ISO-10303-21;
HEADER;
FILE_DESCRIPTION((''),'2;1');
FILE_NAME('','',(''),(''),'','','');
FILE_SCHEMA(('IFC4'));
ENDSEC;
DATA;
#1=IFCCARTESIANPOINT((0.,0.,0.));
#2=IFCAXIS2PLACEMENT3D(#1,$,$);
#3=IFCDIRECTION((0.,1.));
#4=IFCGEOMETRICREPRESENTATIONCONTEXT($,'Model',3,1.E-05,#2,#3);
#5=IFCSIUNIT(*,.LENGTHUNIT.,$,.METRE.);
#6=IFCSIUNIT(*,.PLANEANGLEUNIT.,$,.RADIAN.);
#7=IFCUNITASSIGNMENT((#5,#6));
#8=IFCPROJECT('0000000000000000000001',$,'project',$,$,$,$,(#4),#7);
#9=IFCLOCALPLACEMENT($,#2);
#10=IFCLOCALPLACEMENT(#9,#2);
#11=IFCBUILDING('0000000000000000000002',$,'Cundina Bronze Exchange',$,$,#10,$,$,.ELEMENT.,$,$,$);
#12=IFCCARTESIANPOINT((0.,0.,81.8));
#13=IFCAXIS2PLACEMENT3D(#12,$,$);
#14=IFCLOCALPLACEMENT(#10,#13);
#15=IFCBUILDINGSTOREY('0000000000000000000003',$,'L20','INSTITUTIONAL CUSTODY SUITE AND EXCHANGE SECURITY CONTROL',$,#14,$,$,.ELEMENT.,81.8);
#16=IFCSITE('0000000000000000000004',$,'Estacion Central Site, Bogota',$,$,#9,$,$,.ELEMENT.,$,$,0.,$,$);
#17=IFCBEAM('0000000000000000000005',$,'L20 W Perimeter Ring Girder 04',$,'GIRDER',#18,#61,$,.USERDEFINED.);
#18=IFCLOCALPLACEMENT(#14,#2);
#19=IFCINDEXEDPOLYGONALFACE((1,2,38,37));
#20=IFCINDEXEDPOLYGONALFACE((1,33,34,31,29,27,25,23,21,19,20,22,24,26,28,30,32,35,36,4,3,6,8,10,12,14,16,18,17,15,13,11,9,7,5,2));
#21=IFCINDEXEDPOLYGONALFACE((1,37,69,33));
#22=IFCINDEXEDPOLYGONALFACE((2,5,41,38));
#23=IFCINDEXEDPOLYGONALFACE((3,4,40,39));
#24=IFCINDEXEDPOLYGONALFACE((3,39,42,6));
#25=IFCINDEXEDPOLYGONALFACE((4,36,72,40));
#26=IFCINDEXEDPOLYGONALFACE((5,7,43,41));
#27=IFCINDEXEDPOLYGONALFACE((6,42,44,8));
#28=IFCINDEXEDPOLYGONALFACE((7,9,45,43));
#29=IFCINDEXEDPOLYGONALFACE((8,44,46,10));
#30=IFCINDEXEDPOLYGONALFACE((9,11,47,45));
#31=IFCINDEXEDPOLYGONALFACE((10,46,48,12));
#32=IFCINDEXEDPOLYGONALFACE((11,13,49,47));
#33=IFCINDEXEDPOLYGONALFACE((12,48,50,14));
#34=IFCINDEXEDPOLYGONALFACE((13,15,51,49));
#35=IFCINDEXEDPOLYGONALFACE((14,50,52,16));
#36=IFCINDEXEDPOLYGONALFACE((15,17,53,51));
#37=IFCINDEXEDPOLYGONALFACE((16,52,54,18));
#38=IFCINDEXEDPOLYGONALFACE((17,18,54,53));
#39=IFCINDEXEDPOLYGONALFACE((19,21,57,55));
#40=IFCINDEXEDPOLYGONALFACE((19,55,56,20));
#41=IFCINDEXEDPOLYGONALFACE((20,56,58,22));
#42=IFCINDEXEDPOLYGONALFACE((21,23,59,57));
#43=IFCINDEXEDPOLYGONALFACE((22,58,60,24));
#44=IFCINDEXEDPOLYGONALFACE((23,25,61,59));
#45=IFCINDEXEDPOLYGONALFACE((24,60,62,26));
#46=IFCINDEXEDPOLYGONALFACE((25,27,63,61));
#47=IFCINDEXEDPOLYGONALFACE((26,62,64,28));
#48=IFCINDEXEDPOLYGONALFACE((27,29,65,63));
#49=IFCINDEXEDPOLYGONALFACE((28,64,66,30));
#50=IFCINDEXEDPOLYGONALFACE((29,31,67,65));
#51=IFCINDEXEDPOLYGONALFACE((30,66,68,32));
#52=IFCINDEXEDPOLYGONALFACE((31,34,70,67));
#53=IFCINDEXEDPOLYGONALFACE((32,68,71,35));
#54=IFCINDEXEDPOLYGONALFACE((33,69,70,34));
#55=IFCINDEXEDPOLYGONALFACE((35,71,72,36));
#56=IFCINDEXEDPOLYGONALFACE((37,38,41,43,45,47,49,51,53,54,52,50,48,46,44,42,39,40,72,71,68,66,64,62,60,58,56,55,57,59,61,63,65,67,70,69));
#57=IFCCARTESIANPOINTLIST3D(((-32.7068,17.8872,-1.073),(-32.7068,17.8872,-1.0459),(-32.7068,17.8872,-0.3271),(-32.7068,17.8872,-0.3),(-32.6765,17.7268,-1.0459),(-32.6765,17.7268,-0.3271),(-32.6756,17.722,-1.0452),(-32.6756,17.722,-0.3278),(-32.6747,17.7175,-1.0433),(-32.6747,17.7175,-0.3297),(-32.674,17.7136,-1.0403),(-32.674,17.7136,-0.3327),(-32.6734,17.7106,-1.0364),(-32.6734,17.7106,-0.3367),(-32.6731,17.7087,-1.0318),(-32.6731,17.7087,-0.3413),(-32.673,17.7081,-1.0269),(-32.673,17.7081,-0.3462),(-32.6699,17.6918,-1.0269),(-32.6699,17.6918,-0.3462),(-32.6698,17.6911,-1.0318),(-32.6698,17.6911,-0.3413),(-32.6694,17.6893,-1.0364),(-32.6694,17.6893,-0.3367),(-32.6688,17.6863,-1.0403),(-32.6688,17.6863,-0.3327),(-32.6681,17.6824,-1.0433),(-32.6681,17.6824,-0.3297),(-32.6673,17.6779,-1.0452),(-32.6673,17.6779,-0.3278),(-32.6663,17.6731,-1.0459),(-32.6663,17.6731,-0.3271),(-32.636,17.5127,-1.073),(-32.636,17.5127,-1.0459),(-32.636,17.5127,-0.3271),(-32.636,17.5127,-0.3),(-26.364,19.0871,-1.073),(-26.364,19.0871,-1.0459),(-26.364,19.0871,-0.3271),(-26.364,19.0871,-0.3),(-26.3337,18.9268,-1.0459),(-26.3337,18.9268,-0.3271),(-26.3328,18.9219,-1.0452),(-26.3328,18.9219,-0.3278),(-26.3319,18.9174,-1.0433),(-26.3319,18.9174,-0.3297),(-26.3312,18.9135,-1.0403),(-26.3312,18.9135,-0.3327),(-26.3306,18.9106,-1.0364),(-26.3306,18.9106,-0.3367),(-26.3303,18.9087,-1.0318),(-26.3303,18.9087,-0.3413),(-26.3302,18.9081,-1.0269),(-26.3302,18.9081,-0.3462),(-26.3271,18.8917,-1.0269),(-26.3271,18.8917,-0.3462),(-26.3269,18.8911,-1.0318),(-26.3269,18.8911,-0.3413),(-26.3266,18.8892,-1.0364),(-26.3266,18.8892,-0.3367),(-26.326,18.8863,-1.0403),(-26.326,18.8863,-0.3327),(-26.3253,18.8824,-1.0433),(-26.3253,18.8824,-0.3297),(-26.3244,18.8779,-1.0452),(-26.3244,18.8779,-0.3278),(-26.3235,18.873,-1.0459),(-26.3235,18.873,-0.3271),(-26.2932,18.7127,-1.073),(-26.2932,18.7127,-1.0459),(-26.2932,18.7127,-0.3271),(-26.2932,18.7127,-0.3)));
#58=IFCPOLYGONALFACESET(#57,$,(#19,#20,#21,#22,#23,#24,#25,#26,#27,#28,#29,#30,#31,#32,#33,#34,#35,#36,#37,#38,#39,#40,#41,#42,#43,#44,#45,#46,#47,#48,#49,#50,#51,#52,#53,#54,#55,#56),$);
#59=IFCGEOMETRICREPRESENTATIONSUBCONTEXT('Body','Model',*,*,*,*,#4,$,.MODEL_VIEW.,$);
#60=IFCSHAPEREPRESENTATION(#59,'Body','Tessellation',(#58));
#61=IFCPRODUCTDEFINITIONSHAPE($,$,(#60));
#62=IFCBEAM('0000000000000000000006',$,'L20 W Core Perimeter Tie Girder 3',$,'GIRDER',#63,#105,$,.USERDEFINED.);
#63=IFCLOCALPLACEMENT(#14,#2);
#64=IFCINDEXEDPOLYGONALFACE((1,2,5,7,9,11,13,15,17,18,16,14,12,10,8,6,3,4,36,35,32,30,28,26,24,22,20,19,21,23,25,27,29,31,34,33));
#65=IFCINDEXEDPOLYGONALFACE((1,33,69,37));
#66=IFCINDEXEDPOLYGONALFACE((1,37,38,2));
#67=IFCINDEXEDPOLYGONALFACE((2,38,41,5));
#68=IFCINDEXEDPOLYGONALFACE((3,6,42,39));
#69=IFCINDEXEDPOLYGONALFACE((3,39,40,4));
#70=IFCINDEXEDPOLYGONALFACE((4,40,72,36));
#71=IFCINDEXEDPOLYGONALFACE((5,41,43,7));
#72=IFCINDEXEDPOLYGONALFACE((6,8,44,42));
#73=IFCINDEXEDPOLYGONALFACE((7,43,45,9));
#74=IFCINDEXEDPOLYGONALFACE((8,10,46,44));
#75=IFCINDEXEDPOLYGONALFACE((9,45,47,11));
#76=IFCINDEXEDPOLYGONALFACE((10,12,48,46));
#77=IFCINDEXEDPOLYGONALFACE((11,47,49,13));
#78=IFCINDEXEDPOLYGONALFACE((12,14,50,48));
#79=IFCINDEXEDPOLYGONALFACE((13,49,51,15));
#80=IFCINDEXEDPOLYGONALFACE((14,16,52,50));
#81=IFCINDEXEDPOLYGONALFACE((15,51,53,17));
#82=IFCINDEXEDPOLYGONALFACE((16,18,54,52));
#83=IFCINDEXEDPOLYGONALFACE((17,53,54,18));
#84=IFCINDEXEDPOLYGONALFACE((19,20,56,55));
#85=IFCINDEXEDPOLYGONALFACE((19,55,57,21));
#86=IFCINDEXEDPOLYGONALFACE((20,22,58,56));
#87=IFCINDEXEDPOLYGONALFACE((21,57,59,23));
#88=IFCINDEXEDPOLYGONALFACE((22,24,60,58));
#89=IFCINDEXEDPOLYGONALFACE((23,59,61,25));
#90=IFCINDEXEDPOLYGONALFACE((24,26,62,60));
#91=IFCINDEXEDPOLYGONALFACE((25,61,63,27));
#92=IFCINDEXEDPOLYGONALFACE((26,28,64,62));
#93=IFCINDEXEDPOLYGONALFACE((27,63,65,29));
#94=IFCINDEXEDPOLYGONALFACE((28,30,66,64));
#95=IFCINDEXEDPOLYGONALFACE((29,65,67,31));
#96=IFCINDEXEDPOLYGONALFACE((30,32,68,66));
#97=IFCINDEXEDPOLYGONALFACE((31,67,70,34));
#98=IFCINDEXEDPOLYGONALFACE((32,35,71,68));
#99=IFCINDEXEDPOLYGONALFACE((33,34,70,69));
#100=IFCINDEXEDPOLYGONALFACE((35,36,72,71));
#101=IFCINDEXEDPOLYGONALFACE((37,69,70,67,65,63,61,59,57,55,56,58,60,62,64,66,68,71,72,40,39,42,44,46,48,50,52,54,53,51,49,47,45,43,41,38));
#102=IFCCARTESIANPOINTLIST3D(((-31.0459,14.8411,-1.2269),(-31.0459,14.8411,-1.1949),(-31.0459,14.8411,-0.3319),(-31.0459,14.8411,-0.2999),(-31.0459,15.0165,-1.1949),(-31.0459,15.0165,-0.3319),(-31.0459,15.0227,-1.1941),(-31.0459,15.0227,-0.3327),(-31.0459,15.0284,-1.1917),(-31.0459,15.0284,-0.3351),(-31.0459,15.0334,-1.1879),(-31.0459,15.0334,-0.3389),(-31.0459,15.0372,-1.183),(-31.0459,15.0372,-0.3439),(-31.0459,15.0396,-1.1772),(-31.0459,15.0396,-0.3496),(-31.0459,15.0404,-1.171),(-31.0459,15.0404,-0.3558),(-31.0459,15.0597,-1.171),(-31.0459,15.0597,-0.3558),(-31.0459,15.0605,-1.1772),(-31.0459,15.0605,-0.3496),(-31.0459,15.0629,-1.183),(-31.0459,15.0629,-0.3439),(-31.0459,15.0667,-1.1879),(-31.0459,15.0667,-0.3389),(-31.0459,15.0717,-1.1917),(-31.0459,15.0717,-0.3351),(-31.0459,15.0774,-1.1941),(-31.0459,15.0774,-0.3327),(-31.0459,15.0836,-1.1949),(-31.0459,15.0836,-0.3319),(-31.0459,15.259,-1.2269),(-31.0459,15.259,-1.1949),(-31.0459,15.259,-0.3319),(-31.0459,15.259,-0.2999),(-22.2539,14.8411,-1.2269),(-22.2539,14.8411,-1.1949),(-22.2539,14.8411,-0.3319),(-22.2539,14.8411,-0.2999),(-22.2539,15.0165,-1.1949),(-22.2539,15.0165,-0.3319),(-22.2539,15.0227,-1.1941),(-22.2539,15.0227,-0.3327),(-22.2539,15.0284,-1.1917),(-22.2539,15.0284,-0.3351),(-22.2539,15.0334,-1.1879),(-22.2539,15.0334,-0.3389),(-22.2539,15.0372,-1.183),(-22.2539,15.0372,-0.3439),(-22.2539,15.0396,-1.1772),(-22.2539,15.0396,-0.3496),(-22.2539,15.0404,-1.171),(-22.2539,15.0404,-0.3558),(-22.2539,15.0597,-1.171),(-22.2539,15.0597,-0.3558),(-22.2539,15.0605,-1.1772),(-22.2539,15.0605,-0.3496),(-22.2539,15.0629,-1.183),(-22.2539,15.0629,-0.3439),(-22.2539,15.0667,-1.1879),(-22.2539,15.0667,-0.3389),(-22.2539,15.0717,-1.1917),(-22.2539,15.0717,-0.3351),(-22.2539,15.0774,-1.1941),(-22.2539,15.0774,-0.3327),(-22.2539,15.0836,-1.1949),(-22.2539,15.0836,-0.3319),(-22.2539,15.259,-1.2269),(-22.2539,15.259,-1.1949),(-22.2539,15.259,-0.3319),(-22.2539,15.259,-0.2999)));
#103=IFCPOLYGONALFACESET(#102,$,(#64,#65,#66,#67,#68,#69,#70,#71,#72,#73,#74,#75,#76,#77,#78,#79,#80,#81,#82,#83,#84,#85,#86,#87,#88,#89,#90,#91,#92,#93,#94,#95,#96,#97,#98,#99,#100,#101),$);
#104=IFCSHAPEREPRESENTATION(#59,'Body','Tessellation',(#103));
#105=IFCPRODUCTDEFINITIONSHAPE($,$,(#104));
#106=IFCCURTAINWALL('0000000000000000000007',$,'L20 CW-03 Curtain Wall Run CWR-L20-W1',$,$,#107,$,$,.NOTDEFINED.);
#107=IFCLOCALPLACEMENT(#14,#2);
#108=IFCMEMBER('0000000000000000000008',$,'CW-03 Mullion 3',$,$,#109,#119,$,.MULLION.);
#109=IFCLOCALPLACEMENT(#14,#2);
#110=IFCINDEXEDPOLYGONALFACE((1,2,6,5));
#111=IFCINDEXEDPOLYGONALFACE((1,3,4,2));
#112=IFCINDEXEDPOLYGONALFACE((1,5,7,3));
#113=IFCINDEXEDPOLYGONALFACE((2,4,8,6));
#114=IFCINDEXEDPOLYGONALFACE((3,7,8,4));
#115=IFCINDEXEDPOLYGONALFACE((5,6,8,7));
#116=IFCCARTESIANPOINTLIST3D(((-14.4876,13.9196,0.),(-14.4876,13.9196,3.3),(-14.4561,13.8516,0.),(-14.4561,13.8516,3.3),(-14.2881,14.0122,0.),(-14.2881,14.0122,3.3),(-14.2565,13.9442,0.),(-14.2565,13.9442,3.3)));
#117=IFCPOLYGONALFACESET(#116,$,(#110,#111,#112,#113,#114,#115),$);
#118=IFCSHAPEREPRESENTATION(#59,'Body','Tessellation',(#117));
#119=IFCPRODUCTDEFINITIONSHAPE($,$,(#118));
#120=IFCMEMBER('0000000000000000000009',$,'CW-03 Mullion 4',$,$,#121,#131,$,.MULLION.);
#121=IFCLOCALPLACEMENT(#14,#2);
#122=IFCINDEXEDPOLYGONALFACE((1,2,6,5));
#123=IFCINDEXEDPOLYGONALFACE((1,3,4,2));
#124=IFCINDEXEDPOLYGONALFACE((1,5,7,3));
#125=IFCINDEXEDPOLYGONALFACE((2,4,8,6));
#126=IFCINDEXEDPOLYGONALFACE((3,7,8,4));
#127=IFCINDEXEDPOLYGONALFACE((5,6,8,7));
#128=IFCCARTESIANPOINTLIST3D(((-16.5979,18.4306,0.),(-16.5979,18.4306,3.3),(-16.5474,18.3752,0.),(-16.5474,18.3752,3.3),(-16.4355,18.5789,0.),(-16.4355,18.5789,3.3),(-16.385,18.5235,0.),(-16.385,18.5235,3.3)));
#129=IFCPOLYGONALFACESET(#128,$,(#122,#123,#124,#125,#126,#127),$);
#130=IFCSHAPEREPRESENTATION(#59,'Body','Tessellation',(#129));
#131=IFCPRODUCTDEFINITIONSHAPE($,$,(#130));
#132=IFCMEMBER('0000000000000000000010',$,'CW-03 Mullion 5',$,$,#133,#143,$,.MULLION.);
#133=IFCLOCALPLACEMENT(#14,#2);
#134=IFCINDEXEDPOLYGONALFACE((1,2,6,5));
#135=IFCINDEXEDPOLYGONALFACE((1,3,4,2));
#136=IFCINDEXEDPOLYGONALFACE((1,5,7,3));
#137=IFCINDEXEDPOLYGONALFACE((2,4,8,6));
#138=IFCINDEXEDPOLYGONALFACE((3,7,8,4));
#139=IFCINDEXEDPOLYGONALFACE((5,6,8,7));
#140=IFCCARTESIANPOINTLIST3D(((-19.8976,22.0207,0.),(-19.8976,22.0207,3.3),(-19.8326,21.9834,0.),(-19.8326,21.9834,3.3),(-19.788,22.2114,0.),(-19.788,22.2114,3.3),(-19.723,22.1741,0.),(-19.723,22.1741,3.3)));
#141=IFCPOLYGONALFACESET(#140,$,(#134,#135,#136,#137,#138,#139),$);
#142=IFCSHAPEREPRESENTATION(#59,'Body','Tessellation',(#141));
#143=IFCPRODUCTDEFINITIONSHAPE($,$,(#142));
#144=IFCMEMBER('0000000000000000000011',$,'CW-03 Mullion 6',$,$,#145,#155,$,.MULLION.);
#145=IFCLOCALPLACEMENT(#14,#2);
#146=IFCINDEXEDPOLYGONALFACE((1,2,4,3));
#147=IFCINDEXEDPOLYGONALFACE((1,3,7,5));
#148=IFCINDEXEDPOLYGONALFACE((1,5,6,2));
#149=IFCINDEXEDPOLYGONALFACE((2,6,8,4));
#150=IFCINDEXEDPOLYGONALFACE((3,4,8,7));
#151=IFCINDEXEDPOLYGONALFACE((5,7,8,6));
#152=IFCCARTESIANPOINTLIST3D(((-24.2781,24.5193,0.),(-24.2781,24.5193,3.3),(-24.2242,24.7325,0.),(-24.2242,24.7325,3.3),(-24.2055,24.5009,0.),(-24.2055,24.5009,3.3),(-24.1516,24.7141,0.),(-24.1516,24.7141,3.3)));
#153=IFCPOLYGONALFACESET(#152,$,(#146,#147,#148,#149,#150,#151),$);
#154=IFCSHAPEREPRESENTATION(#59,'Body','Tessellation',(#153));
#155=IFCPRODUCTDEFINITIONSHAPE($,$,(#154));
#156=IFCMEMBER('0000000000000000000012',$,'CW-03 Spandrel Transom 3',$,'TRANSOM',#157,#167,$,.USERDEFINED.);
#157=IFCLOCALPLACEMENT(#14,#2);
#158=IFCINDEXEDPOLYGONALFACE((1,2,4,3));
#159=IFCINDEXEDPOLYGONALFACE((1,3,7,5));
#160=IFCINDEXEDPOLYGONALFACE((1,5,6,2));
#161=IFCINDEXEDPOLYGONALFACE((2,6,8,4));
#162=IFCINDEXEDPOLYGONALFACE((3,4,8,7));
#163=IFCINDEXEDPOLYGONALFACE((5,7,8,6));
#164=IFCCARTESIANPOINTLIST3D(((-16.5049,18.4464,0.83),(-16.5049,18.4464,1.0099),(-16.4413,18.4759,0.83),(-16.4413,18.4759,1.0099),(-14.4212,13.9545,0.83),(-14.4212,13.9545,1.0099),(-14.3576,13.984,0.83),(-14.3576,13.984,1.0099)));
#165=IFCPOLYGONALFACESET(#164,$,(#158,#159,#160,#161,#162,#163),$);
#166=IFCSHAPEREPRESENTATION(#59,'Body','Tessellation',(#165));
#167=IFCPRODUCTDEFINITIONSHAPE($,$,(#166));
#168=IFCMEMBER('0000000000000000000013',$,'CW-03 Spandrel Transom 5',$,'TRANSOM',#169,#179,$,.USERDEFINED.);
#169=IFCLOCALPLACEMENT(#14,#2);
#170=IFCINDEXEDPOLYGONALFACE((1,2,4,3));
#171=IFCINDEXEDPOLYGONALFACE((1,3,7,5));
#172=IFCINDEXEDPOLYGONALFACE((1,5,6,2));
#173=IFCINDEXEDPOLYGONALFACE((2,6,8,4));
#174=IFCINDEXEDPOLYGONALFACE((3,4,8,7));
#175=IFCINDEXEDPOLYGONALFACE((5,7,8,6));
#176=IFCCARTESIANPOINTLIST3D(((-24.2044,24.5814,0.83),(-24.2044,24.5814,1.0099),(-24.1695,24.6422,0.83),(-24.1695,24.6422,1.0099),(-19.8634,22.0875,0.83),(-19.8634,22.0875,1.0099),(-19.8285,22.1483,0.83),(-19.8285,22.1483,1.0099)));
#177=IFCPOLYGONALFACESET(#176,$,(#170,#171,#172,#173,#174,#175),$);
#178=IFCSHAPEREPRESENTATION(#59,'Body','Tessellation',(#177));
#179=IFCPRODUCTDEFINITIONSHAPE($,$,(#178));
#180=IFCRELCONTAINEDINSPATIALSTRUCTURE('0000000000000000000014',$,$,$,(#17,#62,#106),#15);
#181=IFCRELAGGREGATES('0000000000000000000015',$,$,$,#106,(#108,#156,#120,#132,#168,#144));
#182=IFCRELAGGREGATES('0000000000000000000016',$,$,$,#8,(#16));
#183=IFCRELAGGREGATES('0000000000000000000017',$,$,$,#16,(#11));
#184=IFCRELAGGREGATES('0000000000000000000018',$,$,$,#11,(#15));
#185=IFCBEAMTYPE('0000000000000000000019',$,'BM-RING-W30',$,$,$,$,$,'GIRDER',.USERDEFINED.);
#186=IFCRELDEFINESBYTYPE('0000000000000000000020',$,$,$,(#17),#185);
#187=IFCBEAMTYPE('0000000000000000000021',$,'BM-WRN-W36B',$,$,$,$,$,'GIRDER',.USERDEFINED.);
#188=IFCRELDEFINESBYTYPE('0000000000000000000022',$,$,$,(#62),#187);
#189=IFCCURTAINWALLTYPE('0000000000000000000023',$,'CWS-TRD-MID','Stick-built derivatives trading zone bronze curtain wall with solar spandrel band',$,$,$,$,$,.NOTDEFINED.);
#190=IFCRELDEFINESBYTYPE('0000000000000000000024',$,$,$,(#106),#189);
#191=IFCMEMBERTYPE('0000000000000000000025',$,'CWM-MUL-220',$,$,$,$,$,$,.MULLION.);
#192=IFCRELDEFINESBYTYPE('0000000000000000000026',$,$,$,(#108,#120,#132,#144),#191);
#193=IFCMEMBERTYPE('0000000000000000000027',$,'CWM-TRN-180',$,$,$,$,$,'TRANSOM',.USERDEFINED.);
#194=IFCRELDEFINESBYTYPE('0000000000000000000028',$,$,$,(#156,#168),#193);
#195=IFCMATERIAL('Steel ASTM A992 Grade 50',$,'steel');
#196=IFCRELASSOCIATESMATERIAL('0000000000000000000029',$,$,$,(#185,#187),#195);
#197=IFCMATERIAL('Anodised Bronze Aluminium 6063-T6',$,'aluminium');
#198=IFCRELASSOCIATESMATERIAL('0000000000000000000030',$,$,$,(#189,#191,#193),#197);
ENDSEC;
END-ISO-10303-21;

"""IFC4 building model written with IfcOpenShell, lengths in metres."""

from ifc_helpers import new_model, si_unit, direction, frame, origin, origin_2d, place, context, subcontext, project, spatial, rectangle, i_section, extrude, material, material_profile, profile_set, type_object, element, aggregate, save


model = new_model("IFC4")

# Units and contexts
model_context = context("Model", 3, precision=1e-05, world=origin(), true_north=direction((0.0, 1.0)))
body_context = subcontext(model_context, "Body", "Model", "MODEL_VIEW")
ifc_project = project(units=[si_unit("LENGTHUNIT", "METRE"), si_unit("PLANEANGLEUNIT", "RADIAN")], contexts=[model_context])

# Site, building, storey
site_placement = place(None, origin())
site = spatial("IfcSite", under=ifc_project, at=site_placement, Name="Estacion Central Site, Bogota", CompositionType="ELEMENT", RefElevation=0.0)
building_placement = place(site_placement, origin())
building = spatial("IfcBuilding", under=site, at=building_placement, Name="Cundina Bronze Exchange", CompositionType="ELEMENT")
storey_placement = place(building_placement, frame((0.0, 0.0, 81.8)))
storey = spatial("IfcBuildingStorey", under=building, at=storey_placement, Name="L20", Description="INSTITUTIONAL CUSTODY SUITE AND EXCHANGE SECURITY CONTROL", CompositionType="ELEMENT", Elevation=81.8)

# Shared definitions
ifc_material_1 = material(Name="Steel ASTM A992 Grade 50", Category="steel")

# Beams
ifc_material_profile_1 = material_profile(ifc_material_1, i_section(OverallWidth=0.3811, OverallDepth=0.7729, WebThickness=0.0166, FlangeThickness=0.0271, FilletRadius=0.019, at=origin_2d()), Name="W30X173", Category="steel")
ifc_profile_set_1 = profile_set([ifc_material_profile_1], Name="Steel ASTM A992 Grade 50")
beam_type_1 = type_object("IfcBeamType", Name="BM-RING-W30", ElementType="GIRDER", PredefinedType="USERDEFINED", material=ifc_profile_set_1)
beam_1_placement = place(storey_placement, frame((-26.3286, 18.8999, -0.6865), z_axis=(-0.982571, -0.185887, 0.0), x_axis=(0.185887, -0.982571, 0.0)))
element("IfcBeam", 1, at=beam_1_placement, inside=storey, type_object=beam_type_1, Name="L20 W Perimeter Ring Girder 04", ObjectType="GIRDER", PredefinedType="USERDEFINED", context=body_context, shape_type="SweptSolid", body=[
    extrude(i_section(OverallWidth=0.3811, OverallDepth=0.7729, WebThickness=0.0166, FlangeThickness=0.0271, FilletRadius=0.019, at=origin_2d()), origin(), (0.0, 0.0, 1.0), 6.4553),
])
ifc_material_profile_2 = material_profile(ifc_material_1, i_section(OverallWidth=0.418, OverallDepth=0.927, WebThickness=0.0193, FlangeThickness=0.032, FilletRadius=0.0239, at=origin_2d()), Name="W36X231", Category="steel")
ifc_profile_set_2 = profile_set([ifc_material_profile_2], Name="Steel ASTM A992 Grade 50")
beam_type_2 = type_object("IfcBeamType", Name="BM-WRN-W36B", ElementType="GIRDER", PredefinedType="USERDEFINED", material=ifc_profile_set_2)
beam_2_placement = place(storey_placement, frame((-22.2539, 15.05, -0.7634), z_axis=(-1.0, 0.0, 0.0), x_axis=(0.0, -1.0, 0.0)))
element("IfcBeam", 2, at=beam_2_placement, inside=storey, type_object=beam_type_2, Name="L20 W Core Perimeter Tie Girder 3", ObjectType="GIRDER", PredefinedType="USERDEFINED", context=body_context, shape_type="SweptSolid", body=[
    extrude(i_section(OverallWidth=0.418, OverallDepth=0.927, WebThickness=0.0193, FlangeThickness=0.032, FilletRadius=0.0239, at=origin_2d()), origin(), (0.0, 0.0, 1.0), 8.792),
])

# Curtain wall, members
ifc_material_2 = material(Name="Anodised Bronze Aluminium 6063-T6", Category="aluminium")
curtain_wall_type = type_object("IfcCurtainWallType", Name="CWS-TRD-MID", Description="Stick-built derivatives trading zone bronze curtain wall with solar spandrel band", PredefinedType="NOTDEFINED", material=ifc_material_2)
curtain_wall_placement = place(storey_placement, origin())
curtain_wall = element("IfcCurtainWall", 3, at=curtain_wall_placement, inside=storey, type_object=curtain_wall_type, Name="L20 CW-03 Curtain Wall Run CWR-L20-W1", PredefinedType="NOTDEFINED")
ifc_material_profile_3 = material_profile(ifc_material_2, rectangle(XDim=0.075, YDim=0.22, at=origin_2d()), Name="AL75X220", Category="aluminium")
ifc_profile_set_3 = profile_set([ifc_material_profile_3], Name="Anodised Bronze Aluminium 6063-T6")
member_type_1 = type_object("IfcMemberType", Name="CWM-MUL-220", PredefinedType="MULLION", material=ifc_profile_set_3)
member_1_placement = place(storey_placement, frame((-14.3721, 13.9319, 0.0), z_axis=(0.0, 0.0, 1.0), x_axis=(-0.420877, 0.907117, 0.0)))
member_1 = element("IfcMember", 4, at=member_1_placement, type_object=member_type_1, Name="CW-03 Mullion 3", PredefinedType="MULLION", context=body_context, shape_type="SweptSolid", body=[
    extrude(rectangle(XDim=0.075, YDim=0.22, at=origin_2d()), origin(), (0.0, 0.0, 1.0), 3.3),
])
member_2_placement = place(storey_placement, frame((-16.4915, 18.4771, 0.0), z_axis=(0.0, 0.0, 1.0), x_axis=(-0.674302, 0.738455, 0.0)))
member_2 = element("IfcMember", 5, at=member_2_placement, type_object=member_type_1, Name="CW-03 Mullion 4", PredefinedType="MULLION", context=body_context, shape_type="SweptSolid", body=[
    extrude(rectangle(XDim=0.075, YDim=0.22, at=origin_2d()), origin(), (0.0, 0.0, 1.0), 3.3),
])
member_3_placement = place(storey_placement, frame((-19.8103, 22.0974, 0.0), z_axis=(0.0, 0.0, 1.0), x_axis=(-0.867071, 0.498185, 0.0)))
member_3 = element("IfcMember", 6, at=member_3_placement, type_object=member_type_1, Name="CW-03 Mullion 5", PredefinedType="MULLION", context=body_context, shape_type="SweptSolid", body=[
    extrude(rectangle(XDim=0.075, YDim=0.22, at=origin_2d()), origin(), (0.0, 0.0, 1.0), 3.3),
])
member_4_placement = place(storey_placement, frame((-24.2148, 24.6167, 0.0), z_axis=(0.0, 0.0, 1.0), x_axis=(-0.969488, 0.245138, 0.0)))
member_4 = element("IfcMember", 7, at=member_4_placement, type_object=member_type_1, Name="CW-03 Mullion 6", PredefinedType="MULLION", context=body_context, shape_type="SweptSolid", body=[
    extrude(rectangle(XDim=0.075, YDim=0.22, at=origin_2d()), origin(), (0.0, 0.0, 1.0), 3.3),
])
ifc_material_profile_4 = material_profile(ifc_material_2, rectangle(XDim=0.0701, YDim=0.1799, at=origin_2d()), Name="AL70X180", Category="aluminium")
ifc_profile_set_4 = profile_set([ifc_material_profile_4], Name="Anodised Bronze Aluminium 6063-T6")
member_type_2 = type_object("IfcMemberType", Name="CWM-TRN-180", ElementType="TRANSOM", PredefinedType="USERDEFINED", material=ifc_profile_set_4)
member_5_placement = place(storey_placement, frame((-14.3894, 13.9692, 0.9199), z_axis=(-0.420811, 0.907148, 0.0), x_axis=(-0.907148, -0.420811, 0.0)))
member_5 = element("IfcMember", 8, at=member_5_placement, type_object=member_type_2, Name="CW-03 Spandrel Transom 3", ObjectType="TRANSOM", PredefinedType="USERDEFINED", context=body_context, shape_type="SweptSolid", body=[
    extrude(rectangle(XDim=0.0701, YDim=0.1799, at=origin_2d()), origin(), (0.0, 0.0, 1.0), 4.9517),
])
member_6_placement = place(storey_placement, frame((-19.8459, 22.1179, 0.9199), z_axis=(-0.867097, 0.498139, 0.0), x_axis=(-0.498139, -0.867097, 0.0)))
member_6 = element("IfcMember", 9, at=member_6_placement, type_object=member_type_2, Name="CW-03 Spandrel Transom 5", ObjectType="TRANSOM", PredefinedType="USERDEFINED", context=body_context, shape_type="SweptSolid", body=[
    extrude(rectangle(XDim=0.0701, YDim=0.1799, at=origin_2d()), origin(), (0.0, 0.0, 1.0), 5.0063),
])
aggregate(curtain_wall, [member_1, member_5, member_2, member_3, member_6, member_4])

save(model, "model.ifc")
